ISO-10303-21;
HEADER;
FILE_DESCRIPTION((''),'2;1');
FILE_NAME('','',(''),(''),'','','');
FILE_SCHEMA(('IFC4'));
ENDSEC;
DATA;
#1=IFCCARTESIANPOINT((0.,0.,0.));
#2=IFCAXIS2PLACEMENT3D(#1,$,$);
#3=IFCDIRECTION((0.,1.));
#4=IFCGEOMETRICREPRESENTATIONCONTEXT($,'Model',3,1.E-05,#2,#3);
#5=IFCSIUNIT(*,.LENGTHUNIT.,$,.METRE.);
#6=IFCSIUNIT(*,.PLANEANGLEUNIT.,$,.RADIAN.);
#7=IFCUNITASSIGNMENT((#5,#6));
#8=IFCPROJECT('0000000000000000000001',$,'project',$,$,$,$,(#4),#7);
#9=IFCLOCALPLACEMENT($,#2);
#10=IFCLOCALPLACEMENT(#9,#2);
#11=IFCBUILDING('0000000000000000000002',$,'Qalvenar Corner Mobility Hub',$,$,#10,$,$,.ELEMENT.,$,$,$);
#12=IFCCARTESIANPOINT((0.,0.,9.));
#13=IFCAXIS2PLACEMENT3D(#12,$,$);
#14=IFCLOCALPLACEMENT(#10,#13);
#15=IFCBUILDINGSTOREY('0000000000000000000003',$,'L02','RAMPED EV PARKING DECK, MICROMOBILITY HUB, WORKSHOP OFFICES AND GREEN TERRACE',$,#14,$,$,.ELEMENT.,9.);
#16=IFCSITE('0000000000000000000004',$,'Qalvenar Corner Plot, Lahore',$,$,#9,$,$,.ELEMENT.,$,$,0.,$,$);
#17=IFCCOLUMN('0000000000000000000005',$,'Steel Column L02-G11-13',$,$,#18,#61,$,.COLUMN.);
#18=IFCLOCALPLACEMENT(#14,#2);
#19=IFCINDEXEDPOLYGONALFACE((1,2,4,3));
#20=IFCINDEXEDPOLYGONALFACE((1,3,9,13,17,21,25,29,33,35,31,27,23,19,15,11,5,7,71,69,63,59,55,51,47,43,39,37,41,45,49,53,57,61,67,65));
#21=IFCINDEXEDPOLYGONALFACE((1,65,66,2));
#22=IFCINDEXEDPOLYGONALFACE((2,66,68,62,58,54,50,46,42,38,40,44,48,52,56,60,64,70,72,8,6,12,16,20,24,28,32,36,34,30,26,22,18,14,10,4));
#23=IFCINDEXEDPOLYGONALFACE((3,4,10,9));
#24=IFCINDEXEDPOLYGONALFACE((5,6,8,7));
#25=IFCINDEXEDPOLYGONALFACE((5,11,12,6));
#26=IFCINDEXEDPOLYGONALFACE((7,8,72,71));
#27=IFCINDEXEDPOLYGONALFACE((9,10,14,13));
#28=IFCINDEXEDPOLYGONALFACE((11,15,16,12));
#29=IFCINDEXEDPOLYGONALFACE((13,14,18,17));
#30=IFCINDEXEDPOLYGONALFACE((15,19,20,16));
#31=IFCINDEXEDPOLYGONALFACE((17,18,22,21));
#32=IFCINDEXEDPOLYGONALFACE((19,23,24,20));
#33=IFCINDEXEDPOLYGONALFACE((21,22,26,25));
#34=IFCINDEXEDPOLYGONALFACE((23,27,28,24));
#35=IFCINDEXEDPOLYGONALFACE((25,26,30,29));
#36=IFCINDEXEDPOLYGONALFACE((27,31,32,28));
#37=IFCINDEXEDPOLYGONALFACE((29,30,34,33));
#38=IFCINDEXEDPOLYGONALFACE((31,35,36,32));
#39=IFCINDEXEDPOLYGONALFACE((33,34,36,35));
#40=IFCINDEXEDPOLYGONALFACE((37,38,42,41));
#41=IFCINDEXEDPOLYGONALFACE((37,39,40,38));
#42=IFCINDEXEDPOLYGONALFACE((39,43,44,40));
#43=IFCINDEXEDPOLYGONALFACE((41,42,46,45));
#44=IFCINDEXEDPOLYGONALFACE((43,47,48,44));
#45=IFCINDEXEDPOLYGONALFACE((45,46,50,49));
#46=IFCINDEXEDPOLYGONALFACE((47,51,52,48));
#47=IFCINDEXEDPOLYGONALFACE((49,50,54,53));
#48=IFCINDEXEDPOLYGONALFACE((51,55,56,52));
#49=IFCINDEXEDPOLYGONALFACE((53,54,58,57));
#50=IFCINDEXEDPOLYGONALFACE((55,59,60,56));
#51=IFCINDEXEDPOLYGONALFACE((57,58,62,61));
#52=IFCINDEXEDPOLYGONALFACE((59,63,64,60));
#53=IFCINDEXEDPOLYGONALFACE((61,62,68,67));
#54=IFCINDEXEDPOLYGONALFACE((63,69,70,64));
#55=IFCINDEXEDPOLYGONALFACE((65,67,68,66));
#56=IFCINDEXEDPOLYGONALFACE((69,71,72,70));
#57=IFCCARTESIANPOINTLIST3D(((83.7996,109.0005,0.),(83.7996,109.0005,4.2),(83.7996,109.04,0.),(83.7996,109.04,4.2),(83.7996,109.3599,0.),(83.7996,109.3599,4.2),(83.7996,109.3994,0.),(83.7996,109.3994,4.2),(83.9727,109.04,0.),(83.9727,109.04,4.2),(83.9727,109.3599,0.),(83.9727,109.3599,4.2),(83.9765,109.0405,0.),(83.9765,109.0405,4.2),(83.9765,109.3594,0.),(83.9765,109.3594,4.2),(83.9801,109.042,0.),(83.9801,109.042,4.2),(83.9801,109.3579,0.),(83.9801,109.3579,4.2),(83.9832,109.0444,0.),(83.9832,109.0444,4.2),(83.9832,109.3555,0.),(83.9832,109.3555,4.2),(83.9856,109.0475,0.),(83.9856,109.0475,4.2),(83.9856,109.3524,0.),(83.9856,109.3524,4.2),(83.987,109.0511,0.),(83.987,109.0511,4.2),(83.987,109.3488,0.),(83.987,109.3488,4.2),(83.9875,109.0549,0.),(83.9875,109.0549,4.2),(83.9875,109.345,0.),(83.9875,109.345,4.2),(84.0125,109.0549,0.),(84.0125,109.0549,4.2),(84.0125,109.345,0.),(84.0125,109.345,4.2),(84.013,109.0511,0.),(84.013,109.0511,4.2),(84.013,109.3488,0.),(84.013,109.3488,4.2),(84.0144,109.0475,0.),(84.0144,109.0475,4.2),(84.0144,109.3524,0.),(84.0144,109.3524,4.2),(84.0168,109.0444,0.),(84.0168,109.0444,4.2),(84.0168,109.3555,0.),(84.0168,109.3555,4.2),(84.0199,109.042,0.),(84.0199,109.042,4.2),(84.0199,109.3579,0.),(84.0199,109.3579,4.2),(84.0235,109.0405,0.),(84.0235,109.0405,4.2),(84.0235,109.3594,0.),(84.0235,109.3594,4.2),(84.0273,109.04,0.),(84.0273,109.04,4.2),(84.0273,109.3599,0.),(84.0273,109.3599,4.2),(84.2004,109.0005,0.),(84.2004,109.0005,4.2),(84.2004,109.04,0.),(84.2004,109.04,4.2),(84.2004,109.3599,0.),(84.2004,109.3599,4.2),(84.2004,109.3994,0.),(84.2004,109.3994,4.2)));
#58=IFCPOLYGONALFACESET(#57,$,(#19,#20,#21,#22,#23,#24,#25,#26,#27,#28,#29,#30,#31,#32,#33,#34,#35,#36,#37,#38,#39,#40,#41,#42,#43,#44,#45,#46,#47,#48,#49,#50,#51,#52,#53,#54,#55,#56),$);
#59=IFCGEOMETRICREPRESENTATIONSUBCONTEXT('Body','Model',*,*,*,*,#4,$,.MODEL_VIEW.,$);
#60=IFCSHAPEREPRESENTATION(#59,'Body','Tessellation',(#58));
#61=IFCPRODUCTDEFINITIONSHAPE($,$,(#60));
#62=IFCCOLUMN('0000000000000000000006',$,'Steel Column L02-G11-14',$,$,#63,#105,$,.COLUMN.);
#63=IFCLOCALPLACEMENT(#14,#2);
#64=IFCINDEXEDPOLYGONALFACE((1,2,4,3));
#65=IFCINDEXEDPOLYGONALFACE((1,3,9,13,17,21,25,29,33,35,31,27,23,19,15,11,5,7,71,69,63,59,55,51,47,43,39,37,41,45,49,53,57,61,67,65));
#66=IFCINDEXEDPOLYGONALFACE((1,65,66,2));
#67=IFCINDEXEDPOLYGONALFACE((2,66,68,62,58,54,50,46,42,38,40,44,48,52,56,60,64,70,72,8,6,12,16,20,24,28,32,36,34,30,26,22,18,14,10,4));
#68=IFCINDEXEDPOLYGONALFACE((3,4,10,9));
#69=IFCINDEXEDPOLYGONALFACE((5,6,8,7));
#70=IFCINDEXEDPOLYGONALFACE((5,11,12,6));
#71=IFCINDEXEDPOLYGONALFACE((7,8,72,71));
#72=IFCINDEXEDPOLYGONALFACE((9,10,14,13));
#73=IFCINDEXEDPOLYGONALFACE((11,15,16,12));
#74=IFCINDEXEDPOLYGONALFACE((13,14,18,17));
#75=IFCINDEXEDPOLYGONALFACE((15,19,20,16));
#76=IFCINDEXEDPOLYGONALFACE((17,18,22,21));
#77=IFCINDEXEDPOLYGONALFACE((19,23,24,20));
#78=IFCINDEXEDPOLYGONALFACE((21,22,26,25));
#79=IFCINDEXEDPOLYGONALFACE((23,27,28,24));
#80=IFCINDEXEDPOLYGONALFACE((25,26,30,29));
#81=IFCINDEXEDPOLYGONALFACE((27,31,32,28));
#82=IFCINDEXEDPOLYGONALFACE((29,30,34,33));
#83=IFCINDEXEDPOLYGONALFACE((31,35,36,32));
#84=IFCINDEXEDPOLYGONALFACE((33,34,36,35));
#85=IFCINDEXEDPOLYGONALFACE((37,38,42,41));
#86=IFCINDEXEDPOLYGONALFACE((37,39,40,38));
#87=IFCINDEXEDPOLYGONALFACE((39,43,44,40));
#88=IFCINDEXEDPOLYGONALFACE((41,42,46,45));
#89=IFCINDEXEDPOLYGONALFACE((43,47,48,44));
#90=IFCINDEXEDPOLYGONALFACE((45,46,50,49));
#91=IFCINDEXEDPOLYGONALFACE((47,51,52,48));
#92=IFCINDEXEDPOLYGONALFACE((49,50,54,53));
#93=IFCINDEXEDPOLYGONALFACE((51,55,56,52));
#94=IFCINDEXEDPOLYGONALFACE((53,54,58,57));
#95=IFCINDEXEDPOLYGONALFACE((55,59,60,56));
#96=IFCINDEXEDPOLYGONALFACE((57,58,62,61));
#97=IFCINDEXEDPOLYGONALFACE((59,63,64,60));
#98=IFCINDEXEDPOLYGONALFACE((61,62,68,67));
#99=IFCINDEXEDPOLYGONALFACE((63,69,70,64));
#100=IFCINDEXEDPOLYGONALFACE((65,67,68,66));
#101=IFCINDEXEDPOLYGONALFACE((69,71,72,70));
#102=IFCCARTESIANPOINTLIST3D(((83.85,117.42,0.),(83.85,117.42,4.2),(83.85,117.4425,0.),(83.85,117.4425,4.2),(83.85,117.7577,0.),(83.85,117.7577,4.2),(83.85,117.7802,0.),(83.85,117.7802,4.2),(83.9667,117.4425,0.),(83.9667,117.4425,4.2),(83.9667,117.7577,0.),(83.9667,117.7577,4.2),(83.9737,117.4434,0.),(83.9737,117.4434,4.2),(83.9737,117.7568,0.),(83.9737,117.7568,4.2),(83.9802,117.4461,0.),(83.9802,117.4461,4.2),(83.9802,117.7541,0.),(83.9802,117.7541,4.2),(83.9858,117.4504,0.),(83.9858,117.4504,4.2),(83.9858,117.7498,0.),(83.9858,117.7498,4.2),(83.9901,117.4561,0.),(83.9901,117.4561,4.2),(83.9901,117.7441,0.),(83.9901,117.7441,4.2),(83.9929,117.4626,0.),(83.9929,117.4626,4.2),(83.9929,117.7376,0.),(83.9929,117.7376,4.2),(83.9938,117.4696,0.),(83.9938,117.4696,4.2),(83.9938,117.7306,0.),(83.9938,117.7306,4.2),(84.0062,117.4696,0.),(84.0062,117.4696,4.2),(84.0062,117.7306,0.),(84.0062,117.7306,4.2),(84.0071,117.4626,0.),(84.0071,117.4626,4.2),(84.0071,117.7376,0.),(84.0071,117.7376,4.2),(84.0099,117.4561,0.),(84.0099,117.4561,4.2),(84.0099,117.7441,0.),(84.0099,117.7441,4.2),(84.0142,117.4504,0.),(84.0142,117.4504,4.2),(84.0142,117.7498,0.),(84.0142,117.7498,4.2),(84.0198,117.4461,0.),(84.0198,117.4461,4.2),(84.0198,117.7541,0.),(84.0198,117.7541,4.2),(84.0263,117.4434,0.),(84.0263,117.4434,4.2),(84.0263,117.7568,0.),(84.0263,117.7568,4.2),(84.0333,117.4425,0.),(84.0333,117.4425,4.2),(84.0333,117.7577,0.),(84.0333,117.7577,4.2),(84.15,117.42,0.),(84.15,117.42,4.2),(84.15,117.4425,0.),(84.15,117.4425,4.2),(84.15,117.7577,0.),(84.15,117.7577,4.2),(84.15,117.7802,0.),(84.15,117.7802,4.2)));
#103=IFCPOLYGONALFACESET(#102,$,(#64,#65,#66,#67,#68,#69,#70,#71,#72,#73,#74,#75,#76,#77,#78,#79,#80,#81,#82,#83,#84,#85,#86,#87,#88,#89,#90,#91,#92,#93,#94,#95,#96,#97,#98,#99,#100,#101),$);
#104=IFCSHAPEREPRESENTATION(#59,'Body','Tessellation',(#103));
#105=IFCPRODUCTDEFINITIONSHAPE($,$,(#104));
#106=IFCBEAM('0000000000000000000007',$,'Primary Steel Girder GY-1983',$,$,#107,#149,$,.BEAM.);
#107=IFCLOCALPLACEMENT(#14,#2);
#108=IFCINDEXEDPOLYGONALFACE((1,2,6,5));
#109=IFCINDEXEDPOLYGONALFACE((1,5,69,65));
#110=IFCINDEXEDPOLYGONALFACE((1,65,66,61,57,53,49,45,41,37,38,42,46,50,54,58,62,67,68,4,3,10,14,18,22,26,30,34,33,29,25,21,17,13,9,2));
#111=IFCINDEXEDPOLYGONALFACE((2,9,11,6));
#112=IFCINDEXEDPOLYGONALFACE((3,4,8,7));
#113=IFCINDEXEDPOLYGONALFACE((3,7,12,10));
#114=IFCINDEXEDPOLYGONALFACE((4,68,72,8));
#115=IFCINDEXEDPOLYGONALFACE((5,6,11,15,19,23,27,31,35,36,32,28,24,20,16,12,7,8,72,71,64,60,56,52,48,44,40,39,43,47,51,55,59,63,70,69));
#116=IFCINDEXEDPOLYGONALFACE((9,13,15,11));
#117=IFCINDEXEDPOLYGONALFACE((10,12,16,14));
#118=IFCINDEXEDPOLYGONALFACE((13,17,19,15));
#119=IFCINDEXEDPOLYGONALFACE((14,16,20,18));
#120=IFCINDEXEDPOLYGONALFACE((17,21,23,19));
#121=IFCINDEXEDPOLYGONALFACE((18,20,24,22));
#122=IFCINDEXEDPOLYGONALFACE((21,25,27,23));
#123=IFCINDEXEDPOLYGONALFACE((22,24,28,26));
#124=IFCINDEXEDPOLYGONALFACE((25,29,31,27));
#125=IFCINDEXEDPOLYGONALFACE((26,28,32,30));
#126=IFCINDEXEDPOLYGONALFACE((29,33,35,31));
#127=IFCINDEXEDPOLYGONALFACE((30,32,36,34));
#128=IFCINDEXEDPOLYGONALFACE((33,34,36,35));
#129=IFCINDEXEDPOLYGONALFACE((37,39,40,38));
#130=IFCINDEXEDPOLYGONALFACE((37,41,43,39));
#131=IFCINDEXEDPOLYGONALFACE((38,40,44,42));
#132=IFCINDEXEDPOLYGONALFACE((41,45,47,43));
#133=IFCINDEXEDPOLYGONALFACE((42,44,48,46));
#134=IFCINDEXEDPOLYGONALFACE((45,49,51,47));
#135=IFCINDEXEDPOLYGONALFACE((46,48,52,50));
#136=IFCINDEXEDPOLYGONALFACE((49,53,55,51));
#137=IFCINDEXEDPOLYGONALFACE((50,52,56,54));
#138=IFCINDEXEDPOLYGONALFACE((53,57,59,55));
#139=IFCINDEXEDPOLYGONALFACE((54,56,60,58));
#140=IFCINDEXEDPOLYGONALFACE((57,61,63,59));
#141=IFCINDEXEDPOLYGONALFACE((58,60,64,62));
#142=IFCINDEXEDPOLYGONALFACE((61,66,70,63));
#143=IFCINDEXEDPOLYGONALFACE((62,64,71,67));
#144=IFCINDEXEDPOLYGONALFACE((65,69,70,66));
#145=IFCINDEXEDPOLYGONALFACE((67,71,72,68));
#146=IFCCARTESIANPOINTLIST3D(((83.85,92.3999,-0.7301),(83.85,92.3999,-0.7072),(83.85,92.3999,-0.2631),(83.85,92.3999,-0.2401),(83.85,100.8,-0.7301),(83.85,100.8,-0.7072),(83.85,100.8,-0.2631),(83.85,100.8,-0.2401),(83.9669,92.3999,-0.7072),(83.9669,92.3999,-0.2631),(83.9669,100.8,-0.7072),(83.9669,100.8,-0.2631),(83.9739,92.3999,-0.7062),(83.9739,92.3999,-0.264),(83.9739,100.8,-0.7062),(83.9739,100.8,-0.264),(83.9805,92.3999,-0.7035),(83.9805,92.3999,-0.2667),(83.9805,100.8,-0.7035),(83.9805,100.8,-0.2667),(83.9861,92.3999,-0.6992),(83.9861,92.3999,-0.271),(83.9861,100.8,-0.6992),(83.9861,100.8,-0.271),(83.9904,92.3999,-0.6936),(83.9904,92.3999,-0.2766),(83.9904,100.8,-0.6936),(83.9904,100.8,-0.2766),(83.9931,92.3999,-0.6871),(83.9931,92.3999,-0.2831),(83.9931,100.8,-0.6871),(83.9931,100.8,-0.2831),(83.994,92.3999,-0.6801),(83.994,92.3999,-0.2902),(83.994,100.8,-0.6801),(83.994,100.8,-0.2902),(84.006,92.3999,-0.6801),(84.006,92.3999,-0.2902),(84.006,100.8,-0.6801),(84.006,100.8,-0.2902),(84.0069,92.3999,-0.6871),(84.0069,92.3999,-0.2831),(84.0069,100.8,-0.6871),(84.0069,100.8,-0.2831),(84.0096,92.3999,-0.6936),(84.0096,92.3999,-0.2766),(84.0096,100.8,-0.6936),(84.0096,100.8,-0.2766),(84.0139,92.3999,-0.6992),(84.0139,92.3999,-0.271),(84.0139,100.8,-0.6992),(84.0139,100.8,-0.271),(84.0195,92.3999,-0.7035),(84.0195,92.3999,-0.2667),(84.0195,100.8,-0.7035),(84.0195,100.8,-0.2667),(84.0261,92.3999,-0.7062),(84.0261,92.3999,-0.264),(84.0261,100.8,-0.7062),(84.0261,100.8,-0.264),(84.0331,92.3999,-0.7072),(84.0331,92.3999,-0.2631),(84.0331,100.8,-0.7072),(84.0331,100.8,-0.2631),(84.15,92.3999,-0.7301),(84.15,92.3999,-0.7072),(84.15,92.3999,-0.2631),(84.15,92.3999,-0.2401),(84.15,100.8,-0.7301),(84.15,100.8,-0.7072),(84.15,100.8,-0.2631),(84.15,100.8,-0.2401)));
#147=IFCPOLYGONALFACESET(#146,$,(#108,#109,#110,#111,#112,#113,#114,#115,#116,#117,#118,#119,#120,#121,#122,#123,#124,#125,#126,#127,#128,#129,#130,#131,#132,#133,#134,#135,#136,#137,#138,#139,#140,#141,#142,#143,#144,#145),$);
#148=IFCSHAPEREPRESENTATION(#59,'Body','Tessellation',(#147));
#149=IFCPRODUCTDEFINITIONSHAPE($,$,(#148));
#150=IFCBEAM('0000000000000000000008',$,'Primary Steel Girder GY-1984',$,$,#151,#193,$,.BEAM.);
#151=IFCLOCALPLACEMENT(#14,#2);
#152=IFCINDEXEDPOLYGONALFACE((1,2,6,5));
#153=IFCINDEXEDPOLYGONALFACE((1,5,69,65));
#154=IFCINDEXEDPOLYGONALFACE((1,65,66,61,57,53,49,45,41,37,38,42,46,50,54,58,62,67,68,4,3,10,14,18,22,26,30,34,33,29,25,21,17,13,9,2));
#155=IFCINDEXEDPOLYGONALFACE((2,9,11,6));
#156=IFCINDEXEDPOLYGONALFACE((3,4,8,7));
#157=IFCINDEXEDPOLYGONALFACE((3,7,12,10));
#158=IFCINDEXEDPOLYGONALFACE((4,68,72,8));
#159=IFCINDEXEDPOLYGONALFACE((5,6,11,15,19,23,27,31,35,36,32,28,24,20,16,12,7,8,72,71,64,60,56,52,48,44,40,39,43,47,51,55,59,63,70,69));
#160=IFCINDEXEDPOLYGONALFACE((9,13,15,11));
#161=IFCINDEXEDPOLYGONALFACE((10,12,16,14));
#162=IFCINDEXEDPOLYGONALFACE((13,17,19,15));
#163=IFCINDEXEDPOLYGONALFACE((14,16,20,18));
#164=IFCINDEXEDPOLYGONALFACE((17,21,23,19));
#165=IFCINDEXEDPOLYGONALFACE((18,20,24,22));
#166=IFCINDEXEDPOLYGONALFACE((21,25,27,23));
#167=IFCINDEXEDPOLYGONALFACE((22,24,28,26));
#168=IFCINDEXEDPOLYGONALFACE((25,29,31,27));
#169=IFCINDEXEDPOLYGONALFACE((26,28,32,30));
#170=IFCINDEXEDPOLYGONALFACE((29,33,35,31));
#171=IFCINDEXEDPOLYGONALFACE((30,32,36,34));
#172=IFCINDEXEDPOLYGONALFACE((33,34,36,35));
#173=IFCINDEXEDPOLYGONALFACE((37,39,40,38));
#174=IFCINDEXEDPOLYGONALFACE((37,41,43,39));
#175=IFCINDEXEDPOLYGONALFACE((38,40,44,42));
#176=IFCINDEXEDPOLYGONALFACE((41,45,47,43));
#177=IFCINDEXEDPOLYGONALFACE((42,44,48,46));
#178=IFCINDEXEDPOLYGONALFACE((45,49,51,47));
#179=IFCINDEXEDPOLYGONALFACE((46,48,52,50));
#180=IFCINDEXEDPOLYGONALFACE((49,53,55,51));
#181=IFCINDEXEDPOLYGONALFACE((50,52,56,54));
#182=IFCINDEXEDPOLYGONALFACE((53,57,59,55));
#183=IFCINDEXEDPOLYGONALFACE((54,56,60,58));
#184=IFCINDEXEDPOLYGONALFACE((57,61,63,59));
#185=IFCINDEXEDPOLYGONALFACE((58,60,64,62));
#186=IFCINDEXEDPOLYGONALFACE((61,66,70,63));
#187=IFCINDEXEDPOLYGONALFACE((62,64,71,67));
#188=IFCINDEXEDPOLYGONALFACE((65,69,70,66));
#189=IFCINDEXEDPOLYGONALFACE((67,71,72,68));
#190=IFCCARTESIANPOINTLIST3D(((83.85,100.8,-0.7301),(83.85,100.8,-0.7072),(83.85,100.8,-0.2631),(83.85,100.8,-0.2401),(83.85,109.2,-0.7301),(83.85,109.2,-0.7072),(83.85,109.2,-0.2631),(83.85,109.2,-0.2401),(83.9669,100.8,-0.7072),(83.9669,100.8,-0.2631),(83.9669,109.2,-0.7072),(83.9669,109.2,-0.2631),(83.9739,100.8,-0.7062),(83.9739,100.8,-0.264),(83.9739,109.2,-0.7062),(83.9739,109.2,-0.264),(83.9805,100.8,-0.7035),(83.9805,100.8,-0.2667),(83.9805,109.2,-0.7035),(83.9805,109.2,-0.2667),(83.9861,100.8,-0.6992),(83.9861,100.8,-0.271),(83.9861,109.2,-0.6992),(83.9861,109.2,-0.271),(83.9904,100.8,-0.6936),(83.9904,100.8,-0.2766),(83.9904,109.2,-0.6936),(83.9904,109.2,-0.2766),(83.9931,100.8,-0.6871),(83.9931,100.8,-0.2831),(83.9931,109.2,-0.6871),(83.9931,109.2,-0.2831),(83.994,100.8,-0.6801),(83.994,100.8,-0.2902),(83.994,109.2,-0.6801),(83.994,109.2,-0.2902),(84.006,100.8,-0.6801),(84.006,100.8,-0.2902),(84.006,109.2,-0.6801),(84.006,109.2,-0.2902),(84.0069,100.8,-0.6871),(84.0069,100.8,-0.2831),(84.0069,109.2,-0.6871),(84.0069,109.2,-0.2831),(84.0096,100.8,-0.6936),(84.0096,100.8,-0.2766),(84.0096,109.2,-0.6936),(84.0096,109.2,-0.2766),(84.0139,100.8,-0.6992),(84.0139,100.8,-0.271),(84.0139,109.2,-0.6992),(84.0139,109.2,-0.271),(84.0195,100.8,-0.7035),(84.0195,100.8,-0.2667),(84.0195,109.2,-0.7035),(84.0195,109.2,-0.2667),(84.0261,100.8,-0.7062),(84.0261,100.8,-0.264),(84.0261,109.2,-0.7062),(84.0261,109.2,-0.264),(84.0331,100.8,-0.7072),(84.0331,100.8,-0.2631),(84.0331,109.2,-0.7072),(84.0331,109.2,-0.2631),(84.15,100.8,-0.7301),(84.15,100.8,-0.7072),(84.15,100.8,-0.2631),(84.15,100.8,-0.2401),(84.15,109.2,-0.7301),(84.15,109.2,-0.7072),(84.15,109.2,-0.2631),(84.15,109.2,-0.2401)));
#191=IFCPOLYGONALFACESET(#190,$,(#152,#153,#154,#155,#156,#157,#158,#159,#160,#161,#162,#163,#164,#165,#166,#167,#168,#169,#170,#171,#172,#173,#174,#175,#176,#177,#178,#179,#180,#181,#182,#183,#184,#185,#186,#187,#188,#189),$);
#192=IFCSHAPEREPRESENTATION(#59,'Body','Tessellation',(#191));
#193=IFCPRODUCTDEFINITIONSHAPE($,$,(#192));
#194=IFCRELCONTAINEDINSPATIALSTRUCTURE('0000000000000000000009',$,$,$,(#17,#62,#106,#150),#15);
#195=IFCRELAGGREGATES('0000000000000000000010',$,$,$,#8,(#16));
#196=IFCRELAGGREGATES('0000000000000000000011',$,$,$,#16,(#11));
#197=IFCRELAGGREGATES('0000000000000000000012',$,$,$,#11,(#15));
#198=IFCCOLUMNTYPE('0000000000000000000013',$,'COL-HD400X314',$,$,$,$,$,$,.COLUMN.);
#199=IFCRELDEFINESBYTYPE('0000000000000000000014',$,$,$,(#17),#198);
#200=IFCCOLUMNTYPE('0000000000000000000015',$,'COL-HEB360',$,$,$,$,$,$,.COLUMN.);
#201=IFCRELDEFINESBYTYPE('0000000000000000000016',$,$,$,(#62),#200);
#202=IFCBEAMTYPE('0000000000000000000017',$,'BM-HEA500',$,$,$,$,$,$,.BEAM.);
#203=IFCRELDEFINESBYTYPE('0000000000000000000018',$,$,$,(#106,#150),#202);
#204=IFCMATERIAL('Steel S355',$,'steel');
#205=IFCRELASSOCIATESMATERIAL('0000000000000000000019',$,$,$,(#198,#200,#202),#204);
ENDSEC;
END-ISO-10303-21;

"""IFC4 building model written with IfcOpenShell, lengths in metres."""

from ifc_helpers import new_model, si_unit, direction, frame, origin, origin_2d, place, context, subcontext, project, spatial, i_section, extrude, material, material_profile, profile_set, type_object, element, save


model = new_model("IFC4")

# Units and contexts
model_context = context("Model", 3, precision=1e-05, world=origin(), true_north=direction((0.0, 1.0)))
body_context = subcontext(model_context, "Body", "Model", "MODEL_VIEW")
ifc_project = project(units=[si_unit("LENGTHUNIT", "METRE"), si_unit("PLANEANGLEUNIT", "RADIAN")], contexts=[model_context])

# Site, building, storey
site_placement = place(None, origin())
site = spatial("IfcSite", under=ifc_project, at=site_placement, Name="Qalvenar Corner Plot, Lahore", CompositionType="ELEMENT", RefElevation=0.0)
building_placement = place(site_placement, origin())
building = spatial("IfcBuilding", under=site, at=building_placement, Name="Qalvenar Corner Mobility Hub", CompositionType="ELEMENT")
storey_placement = place(building_placement, frame((0.0, 0.0, 9.0)))
storey = spatial("IfcBuildingStorey", under=building, at=storey_placement, Name="L02", Description="RAMPED EV PARKING DECK, MICROMOBILITY HUB, WORKSHOP OFFICES AND GREEN TERRACE", CompositionType="ELEMENT", Elevation=9.0)

# Columns
ifc_material = material(Name="Steel S355", Category="steel")
ifc_material_profile_1 = material_profile(ifc_material, i_section(OverallWidth=0.4009, OverallDepth=0.3989, WebThickness=0.0249, FlangeThickness=0.0396, FilletRadius=0.0149, at=origin_2d()), Name="HD400x314")
ifc_profile_set_1 = profile_set([ifc_material_profile_1], Name="Steel S355")
column_type_1 = type_object("IfcColumnType", Name="COL-HD400X314", PredefinedType="COLUMN", material=ifc_profile_set_1)
for number, where, z_axis, x_axis, name in (
    (1, (84.0, 109.2, 0.0), (0.0, 0.0, 1.0), (1.0, 0.0, 0.0), "Steel Column L02-G11-13"),
):
    element("IfcColumn", number, at=place(storey_placement, frame(where, z_axis=z_axis, x_axis=x_axis)), inside=storey, type_object=column_type_1, Name=name, PredefinedType="COLUMN", context=body_context, shape_type="SweptSolid", body=[
        extrude(i_section(OverallWidth=0.4009, OverallDepth=0.3989, WebThickness=0.0249, FlangeThickness=0.0396, FilletRadius=0.0149, at=origin_2d()), origin(), (0.0, 0.0, 1.0), 4.2),
    ])
ifc_material_profile_2 = material_profile(ifc_material, i_section(OverallWidth=0.3, OverallDepth=0.3601, WebThickness=0.0125, FlangeThickness=0.0225, FilletRadius=0.0271, at=origin_2d()), Name="HEB360")
ifc_profile_set_2 = profile_set([ifc_material_profile_2], Name="Steel S355")
column_type_2 = type_object("IfcColumnType", Name="COL-HEB360", PredefinedType="COLUMN", material=ifc_profile_set_2)
column_placement = place(storey_placement, frame((84.0, 117.6001, 0.0), z_axis=(0.0, 0.0, 1.0), x_axis=(1.0, 0.0, 0.0)))
element("IfcColumn", 2, at=column_placement, inside=storey, type_object=column_type_2, Name="Steel Column L02-G11-14", PredefinedType="COLUMN", context=body_context, shape_type="SweptSolid", body=[
    extrude(i_section(OverallWidth=0.3, OverallDepth=0.3601, WebThickness=0.0125, FlangeThickness=0.0225, FilletRadius=0.0271, at=origin_2d()), origin(), (0.0, 0.0, 1.0), 4.2),
])

# Beams
ifc_material_profile_3 = material_profile(ifc_material, i_section(OverallWidth=0.3, OverallDepth=0.49, WebThickness=0.012, FlangeThickness=0.0229, FilletRadius=0.0271, at=origin_2d()), Name="HEA500")
ifc_profile_set_3 = profile_set([ifc_material_profile_3], Name="Steel S355")
beam_type_1 = type_object("IfcBeamType", Name="BM-HEA500", PredefinedType="BEAM", material=ifc_profile_set_3)
beam_1_placement = place(storey_placement, frame((84.0, 92.3999, -0.4851), z_axis=(0.0, 1.0, 0.0), x_axis=(-1.0, 0.0, 0.0)))
element("IfcBeam", 3, at=beam_1_placement, inside=storey, type_object=beam_type_1, Name="Primary Steel Girder GY-1983", PredefinedType="BEAM", context=body_context, shape_type="SweptSolid", body=[
    extrude(i_section(OverallWidth=0.3, OverallDepth=0.49, WebThickness=0.012, FlangeThickness=0.0229, FilletRadius=0.0271, at=origin_2d()), origin(), (0.0, 0.0, 1.0), 8.4001),
])
beam_2_placement = place(storey_placement, frame((84.0, 100.8, -0.4851), z_axis=(0.0, 1.0, 0.0), x_axis=(-1.0, 0.0, 0.0)))
element("IfcBeam", 4, at=beam_2_placement, inside=storey, type_object=beam_type_1, Name="Primary Steel Girder GY-1984", PredefinedType="BEAM", context=body_context, shape_type="SweptSolid", body=[
    extrude(i_section(OverallWidth=0.3, OverallDepth=0.49, WebThickness=0.012, FlangeThickness=0.0229, FilletRadius=0.0271, at=origin_2d()), origin(), (0.0, 0.0, 1.0), 8.3999),
])

save(model, "model.ifc")
